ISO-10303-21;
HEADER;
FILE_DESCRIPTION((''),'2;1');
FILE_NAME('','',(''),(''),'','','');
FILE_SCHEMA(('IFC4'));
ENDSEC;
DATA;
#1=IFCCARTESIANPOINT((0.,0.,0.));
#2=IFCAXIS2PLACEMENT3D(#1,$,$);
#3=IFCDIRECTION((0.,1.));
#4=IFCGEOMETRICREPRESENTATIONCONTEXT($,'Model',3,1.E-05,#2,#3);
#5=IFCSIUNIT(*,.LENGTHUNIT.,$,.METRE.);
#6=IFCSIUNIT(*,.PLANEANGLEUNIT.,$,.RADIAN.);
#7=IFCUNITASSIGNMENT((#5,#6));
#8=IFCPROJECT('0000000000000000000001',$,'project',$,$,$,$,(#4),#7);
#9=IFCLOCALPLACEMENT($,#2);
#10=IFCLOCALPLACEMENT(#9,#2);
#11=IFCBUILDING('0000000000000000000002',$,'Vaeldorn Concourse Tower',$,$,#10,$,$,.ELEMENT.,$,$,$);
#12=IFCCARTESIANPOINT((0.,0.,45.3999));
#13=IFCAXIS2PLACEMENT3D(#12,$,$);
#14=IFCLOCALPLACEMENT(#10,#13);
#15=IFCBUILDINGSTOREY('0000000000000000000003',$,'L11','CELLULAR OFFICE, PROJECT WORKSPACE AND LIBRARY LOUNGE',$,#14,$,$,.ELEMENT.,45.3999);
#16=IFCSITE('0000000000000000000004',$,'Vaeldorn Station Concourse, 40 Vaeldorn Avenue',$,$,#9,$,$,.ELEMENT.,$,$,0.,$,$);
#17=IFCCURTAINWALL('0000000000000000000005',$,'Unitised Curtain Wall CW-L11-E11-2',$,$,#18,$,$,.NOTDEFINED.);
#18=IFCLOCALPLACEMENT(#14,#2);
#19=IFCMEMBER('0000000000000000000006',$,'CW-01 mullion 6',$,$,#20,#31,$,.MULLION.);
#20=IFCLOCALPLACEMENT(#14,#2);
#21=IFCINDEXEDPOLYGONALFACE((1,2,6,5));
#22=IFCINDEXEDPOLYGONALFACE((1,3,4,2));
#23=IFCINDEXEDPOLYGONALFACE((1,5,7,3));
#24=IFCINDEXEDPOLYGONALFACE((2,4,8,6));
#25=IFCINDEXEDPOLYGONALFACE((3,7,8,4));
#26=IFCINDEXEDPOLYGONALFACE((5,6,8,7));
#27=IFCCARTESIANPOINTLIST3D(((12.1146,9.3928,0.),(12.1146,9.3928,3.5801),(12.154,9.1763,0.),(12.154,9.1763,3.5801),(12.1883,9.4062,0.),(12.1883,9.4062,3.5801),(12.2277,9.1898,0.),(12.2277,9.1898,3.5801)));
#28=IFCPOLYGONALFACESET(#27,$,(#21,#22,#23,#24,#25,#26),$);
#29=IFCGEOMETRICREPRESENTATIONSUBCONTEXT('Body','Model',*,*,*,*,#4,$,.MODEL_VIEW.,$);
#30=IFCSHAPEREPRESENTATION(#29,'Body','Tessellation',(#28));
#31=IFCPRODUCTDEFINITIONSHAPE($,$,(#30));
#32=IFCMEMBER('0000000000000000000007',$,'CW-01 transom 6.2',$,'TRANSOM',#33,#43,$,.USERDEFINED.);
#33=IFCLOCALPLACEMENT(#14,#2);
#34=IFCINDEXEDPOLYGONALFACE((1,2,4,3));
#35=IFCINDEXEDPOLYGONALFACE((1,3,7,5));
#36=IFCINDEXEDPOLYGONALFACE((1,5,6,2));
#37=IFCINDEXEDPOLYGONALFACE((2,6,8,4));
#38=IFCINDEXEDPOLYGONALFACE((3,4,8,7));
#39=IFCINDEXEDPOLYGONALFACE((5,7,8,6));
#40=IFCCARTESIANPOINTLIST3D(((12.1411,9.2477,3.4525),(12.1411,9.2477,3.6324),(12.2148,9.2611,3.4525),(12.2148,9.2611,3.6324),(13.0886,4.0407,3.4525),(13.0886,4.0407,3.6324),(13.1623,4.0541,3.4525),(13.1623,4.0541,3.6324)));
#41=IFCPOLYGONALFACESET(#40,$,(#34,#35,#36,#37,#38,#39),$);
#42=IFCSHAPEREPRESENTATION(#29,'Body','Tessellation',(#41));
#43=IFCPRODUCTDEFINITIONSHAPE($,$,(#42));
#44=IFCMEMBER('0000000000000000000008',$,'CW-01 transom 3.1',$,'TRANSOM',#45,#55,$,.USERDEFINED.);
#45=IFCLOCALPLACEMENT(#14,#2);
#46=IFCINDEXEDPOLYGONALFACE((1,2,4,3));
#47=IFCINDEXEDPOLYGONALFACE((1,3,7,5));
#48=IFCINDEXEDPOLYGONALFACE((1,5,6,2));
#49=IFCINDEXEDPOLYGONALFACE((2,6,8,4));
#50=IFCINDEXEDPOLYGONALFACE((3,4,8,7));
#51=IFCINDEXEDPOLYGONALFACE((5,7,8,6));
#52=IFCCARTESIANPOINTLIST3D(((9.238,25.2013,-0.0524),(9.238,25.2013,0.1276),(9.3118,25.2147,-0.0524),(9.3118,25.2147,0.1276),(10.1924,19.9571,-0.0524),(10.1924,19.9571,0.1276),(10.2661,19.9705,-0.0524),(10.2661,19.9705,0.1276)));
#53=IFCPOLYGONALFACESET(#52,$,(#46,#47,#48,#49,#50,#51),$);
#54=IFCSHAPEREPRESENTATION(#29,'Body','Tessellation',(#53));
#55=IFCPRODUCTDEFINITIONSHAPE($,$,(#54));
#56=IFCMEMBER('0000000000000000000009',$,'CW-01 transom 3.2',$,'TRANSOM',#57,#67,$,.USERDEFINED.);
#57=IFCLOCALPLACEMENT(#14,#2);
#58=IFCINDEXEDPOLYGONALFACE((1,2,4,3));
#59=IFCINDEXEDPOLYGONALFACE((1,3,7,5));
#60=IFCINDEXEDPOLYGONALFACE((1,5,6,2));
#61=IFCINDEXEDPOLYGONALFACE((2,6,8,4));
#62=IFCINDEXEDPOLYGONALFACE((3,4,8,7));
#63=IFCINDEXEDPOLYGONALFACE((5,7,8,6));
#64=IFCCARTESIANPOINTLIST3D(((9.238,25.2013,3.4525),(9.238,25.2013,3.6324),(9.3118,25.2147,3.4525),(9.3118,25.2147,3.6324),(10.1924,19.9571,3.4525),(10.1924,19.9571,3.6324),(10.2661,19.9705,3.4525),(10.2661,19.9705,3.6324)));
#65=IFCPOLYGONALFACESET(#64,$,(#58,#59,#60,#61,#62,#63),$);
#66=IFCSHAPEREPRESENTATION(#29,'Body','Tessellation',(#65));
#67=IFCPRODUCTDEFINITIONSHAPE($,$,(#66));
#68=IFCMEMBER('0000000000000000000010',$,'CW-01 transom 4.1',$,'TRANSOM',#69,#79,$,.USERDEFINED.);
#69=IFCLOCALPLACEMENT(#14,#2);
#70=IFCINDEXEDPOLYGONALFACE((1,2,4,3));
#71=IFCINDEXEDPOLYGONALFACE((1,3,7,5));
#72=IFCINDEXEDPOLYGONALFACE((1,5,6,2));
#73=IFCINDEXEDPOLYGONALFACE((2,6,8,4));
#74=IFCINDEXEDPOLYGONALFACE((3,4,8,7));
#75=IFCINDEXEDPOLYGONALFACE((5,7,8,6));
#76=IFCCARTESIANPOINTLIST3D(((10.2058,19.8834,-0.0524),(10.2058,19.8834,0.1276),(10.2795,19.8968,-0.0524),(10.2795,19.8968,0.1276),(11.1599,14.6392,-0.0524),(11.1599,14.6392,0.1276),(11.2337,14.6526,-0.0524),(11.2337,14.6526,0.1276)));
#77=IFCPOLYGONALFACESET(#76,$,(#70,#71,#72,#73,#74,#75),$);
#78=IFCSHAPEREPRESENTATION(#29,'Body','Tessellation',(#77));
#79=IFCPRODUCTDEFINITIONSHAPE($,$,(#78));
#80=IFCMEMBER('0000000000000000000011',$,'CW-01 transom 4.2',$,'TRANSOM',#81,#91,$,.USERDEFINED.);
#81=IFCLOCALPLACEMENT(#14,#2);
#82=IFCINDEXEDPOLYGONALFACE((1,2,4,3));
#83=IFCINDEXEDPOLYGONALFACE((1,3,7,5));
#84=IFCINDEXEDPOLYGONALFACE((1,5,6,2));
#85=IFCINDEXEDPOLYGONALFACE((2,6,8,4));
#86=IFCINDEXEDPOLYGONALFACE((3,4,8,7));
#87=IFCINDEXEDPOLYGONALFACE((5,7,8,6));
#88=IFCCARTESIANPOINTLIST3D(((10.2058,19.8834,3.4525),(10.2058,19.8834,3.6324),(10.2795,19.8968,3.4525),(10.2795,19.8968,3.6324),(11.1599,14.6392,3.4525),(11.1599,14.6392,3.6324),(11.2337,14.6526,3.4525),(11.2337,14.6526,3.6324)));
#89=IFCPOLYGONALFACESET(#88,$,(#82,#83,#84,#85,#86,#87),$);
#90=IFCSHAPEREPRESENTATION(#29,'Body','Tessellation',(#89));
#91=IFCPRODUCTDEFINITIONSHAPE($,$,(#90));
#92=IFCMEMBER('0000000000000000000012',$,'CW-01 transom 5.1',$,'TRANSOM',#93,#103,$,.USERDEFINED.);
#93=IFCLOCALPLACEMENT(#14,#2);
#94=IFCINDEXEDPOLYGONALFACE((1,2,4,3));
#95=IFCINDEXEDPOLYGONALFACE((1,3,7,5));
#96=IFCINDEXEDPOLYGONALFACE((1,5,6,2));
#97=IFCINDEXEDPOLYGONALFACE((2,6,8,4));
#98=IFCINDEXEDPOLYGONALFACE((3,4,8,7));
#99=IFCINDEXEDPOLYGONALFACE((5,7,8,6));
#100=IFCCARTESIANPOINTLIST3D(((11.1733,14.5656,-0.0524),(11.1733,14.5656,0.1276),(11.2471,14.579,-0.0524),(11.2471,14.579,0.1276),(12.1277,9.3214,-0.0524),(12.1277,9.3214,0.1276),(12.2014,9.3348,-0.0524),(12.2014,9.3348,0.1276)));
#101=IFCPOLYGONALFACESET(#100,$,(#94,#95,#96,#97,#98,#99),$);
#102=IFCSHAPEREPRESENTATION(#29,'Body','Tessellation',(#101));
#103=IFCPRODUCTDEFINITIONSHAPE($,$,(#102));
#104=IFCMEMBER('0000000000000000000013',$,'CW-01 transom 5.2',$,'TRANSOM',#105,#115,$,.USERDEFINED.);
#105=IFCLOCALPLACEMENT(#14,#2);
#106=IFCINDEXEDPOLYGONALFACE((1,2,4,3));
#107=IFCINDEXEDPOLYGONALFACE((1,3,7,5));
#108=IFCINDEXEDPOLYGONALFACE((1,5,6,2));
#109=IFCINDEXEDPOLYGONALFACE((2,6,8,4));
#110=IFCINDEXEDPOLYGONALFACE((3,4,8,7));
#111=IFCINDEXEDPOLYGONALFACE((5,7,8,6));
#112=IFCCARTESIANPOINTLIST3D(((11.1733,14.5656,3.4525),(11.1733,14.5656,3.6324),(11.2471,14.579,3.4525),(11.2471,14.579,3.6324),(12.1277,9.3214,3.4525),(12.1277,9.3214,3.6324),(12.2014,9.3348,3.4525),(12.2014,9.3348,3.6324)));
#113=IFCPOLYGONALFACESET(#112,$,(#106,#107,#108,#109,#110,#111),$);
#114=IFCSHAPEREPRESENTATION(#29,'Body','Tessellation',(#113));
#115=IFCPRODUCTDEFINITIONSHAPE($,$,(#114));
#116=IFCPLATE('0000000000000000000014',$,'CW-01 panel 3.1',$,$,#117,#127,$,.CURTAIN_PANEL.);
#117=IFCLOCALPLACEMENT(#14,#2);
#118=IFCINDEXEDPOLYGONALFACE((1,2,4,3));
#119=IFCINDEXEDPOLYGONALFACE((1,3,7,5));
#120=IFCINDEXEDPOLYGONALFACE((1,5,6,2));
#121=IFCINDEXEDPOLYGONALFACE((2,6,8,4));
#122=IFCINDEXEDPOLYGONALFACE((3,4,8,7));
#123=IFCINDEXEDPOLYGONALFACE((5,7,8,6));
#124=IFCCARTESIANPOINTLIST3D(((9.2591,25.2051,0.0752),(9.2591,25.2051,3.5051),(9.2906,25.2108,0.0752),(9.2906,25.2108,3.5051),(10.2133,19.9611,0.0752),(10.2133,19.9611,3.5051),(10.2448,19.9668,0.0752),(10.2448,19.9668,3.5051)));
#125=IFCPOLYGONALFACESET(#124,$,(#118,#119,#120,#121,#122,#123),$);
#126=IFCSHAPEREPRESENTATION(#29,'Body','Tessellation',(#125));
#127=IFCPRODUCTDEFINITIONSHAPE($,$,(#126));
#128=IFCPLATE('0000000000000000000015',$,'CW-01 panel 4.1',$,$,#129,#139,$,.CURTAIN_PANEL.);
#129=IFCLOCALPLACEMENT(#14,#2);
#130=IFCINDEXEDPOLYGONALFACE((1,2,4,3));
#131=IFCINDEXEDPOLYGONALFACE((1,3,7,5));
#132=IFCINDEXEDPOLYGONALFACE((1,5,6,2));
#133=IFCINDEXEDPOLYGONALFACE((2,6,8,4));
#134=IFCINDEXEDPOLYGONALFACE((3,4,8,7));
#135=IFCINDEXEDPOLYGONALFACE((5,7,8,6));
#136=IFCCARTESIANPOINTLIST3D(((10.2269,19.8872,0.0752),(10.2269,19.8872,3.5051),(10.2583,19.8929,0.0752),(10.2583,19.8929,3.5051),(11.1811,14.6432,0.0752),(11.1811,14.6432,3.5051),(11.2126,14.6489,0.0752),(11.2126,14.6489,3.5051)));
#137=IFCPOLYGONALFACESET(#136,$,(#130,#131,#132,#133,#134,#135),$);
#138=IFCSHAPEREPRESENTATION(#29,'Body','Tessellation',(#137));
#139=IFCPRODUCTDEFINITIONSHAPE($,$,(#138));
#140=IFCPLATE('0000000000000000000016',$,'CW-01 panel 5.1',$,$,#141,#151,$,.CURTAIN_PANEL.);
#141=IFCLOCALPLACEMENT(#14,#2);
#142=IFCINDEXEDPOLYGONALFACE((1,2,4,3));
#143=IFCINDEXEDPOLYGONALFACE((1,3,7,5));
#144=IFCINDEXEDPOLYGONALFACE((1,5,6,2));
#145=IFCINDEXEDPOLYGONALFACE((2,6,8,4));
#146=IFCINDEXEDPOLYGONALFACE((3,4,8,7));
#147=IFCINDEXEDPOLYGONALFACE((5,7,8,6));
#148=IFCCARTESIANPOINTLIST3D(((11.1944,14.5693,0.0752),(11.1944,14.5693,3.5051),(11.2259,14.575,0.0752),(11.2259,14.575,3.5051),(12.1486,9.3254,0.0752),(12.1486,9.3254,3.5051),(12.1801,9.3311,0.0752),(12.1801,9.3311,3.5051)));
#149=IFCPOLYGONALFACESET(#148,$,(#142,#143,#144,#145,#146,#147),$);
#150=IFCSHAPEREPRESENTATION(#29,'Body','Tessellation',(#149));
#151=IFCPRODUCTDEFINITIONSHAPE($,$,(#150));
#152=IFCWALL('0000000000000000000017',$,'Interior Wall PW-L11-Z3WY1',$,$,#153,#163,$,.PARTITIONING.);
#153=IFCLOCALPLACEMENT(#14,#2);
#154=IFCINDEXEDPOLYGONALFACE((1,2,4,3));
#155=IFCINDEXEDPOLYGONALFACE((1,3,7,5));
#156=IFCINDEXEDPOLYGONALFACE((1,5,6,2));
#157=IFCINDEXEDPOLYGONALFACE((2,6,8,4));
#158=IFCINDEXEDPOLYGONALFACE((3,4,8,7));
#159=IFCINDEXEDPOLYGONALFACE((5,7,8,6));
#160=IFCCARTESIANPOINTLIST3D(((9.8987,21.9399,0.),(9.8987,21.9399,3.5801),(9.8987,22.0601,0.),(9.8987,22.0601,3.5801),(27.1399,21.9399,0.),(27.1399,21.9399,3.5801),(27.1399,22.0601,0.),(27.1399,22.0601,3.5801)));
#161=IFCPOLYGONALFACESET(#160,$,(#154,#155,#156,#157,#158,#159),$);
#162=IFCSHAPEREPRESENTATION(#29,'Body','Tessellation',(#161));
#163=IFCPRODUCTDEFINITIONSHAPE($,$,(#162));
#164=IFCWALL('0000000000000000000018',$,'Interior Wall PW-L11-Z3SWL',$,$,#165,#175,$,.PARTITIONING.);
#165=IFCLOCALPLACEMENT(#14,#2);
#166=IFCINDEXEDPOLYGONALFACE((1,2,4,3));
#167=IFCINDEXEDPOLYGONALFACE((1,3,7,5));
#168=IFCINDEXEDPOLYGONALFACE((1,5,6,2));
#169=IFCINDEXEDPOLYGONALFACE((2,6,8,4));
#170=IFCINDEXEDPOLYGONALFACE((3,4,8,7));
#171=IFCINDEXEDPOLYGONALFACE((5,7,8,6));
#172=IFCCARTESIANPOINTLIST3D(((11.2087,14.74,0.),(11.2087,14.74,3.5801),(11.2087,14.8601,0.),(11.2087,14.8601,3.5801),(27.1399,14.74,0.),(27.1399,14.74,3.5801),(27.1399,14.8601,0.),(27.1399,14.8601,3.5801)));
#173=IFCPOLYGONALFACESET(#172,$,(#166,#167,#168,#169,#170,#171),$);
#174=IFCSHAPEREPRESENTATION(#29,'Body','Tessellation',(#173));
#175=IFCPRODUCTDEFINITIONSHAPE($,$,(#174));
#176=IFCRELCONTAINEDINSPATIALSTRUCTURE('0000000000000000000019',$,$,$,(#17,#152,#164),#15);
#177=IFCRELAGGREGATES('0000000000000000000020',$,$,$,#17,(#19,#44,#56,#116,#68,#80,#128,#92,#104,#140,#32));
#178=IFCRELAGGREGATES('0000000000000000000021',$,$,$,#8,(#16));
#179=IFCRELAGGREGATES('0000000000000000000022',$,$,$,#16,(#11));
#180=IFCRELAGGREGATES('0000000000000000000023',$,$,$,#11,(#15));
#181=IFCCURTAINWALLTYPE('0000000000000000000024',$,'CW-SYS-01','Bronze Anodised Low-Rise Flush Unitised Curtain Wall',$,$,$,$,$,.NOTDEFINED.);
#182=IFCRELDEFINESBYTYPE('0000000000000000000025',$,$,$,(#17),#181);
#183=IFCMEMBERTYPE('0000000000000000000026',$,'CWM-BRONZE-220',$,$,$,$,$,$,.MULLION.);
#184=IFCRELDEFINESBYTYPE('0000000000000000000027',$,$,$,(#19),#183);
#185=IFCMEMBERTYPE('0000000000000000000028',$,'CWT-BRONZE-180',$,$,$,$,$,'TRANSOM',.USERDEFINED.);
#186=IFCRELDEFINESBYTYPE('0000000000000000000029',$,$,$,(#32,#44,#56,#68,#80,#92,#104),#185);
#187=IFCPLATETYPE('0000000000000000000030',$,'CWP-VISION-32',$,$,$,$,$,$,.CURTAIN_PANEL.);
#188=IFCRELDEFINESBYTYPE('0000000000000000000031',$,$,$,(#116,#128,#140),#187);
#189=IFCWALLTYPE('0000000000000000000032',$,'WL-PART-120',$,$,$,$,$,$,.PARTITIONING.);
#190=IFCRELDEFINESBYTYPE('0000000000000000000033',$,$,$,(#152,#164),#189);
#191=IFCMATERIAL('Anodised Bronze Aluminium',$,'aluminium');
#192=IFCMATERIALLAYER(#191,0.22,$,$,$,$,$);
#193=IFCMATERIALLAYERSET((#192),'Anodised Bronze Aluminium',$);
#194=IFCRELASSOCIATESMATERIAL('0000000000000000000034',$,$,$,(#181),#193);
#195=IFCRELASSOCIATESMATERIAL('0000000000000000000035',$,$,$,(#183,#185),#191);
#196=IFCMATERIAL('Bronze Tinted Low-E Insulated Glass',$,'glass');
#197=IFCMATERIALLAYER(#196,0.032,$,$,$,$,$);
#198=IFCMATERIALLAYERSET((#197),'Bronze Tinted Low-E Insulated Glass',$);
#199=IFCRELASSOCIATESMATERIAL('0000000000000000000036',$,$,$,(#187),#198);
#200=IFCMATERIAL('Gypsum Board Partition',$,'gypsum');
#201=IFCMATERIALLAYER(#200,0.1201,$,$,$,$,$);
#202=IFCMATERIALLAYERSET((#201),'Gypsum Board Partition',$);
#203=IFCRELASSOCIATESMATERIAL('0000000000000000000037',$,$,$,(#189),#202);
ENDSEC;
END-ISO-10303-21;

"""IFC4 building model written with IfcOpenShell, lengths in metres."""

from ifc_helpers import new_model, si_unit, direction, frame, frame_2d, origin, origin_2d, place, context, subcontext, project, spatial, rectangle, extrude, source, transform, mapped, material, layer, layer_set, material_profile, profile_set, type_object, element, aggregate, save


model = new_model("IFC4")

# Units and contexts
model_context = context("Model", 3, precision=1e-05, world=origin(), true_north=direction((0.0, 1.0)))
body_context = subcontext(model_context, "Body", "Model", "MODEL_VIEW")
ifc_project = project(units=[si_unit("LENGTHUNIT", "METRE"), si_unit("PLANEANGLEUNIT", "RADIAN")], contexts=[model_context])

# Site, building, storey
site_placement = place(None, origin())
site = spatial("IfcSite", under=ifc_project, at=site_placement, Name="Vaeldorn Station Concourse, 40 Vaeldorn Avenue", CompositionType="ELEMENT", RefElevation=0.0)
building_placement = place(site_placement, origin())
building = spatial("IfcBuilding", under=site, at=building_placement, Name="Vaeldorn Concourse Tower", CompositionType="ELEMENT")
storey_placement = place(building_placement, frame((0.0, 0.0, 45.3999)))
storey = spatial("IfcBuildingStorey", under=building, at=storey_placement, Name="L11", Description="CELLULAR OFFICE, PROJECT WORKSPACE AND LIBRARY LOUNGE", CompositionType="ELEMENT", Elevation=45.3999)

# Curtain wall, members, plates
ifc_material_1 = material(Name="Anodised Bronze Aluminium", Category="aluminium")
ifc_layer_1 = layer(ifc_material_1, 0.22)
ifc_layer_set_1 = layer_set([ifc_layer_1], Name="Anodised Bronze Aluminium")
curtain_wall_type = type_object("IfcCurtainWallType", Name="CW-SYS-01", Description="Bronze Anodised Low-Rise Flush Unitised Curtain Wall", PredefinedType="NOTDEFINED", material=ifc_layer_set_1)
curtain_wall_placement = place(storey_placement, origin())
curtain_wall = element("IfcCurtainWall", 1, at=curtain_wall_placement, inside=storey, type_object=curtain_wall_type, Name="Unitised Curtain Wall CW-L11-E11-2", PredefinedType="NOTDEFINED")
ifc_material_profile_1 = material_profile(ifc_material_1, rectangle(XDim=0.075, YDim=0.22, at=origin_2d()), Name="CWM 75x220")
ifc_profile_set_1 = profile_set([ifc_material_profile_1], Name="Anodised Bronze Aluminium")
member_type_1 = type_object("IfcMemberType", Name="CWM-BRONZE-220", PredefinedType="MULLION", material=ifc_profile_set_1)
shared_shape_1 = source(origin(), body_context, "Body", "SweptSolid", [
    extrude(rectangle(XDim=0.075, YDim=0.22, at=origin_2d()), origin(), (0.0, 0.0, 1.0), 3.5801),
])
member_1_placement = place(storey_placement, frame((12.1711, 9.2913, 0.0), z_axis=(0.0, 0.0, 1.0), x_axis=(0.983844, 0.17903, 0.0)))
member_1 = element("IfcMember", 2, at=member_1_placement, type_object=member_type_1, Name="CW-01 mullion 6", PredefinedType="MULLION", context=body_context, shape_type="MappedRepresentation", body=[
    mapped(shared_shape_1, transform((0.0, 0.0, 0.0), scale=1.0)),
])
ifc_material_profile_2 = material_profile(ifc_material_1, rectangle(XDim=0.075, YDim=0.1799, at=origin_2d()), Name="CWT 75x180")
ifc_profile_set_2 = profile_set([ifc_material_profile_2], Name="Anodised Bronze Aluminium")
member_type_2 = type_object("IfcMemberType", Name="CWT-BRONZE-180", ElementType="TRANSOM", PredefinedType="USERDEFINED", material=ifc_profile_set_2)
shared_shape_2 = source(origin(), body_context, "Body", "SweptSolid", [
    extrude(rectangle(XDim=0.075, YDim=0.1799, at=origin_2d()), origin(), (0.0, 0.0, 1.0), 5.2925),
])
member_2_placement = place(storey_placement, frame((12.178, 9.2544, 3.5425), z_axis=(0.179028, -0.983844, 0.0), x_axis=(0.983844, 0.179028, 0.0)))
member_2 = element("IfcMember", 3, at=member_2_placement, type_object=member_type_2, Name="CW-01 transom 6.2", ObjectType="TRANSOM", PredefinedType="USERDEFINED", context=body_context, shape_type="MappedRepresentation", body=[
    mapped(shared_shape_2, transform((0.0, 0.0, 0.0), scale=1.0)),
])
shared_shape_3 = source(origin(), body_context, "Body", "SweptSolid", [
    extrude(rectangle(XDim=0.075, YDim=0.1799, at=origin_2d()), origin(), (0.0, 0.0, 1.0), 5.3303),
])
member_3_placement = place(storey_placement, frame((9.2749, 25.208, 0.0376), z_axis=(0.179043, -0.983841, 0.0), x_axis=(0.983841, 0.179043, 0.0)))
member_3 = element("IfcMember", 4, at=member_3_placement, type_object=member_type_2, Name="CW-01 transom 3.1", ObjectType="TRANSOM", PredefinedType="USERDEFINED", context=body_context, shape_type="MappedRepresentation", body=[
    mapped(shared_shape_3, transform((0.0, 0.0, 0.0), scale=1.0)),
])
member_4_placement = place(storey_placement, frame((9.2749, 25.208, 3.5425), z_axis=(0.179043, -0.983841, 0.0), x_axis=(0.983841, 0.179043, 0.0)))
member_4 = element("IfcMember", 5, at=member_4_placement, type_object=member_type_2, Name="CW-01 transom 3.2", ObjectType="TRANSOM", PredefinedType="USERDEFINED", context=body_context, shape_type="MappedRepresentation", body=[
    mapped(shared_shape_3, transform((0.0, 0.0, 0.0), scale=1.0)),
])
member_5_placement = place(storey_placement, frame((10.2427, 19.8901, 0.0376), z_axis=(0.178998, -0.983849, 0.0), x_axis=(0.983849, 0.178998, 0.0)))
member_5 = element("IfcMember", 6, at=member_5_placement, type_object=member_type_2, Name="CW-01 transom 4.1", ObjectType="TRANSOM", PredefinedType="USERDEFINED", context=body_context, shape_type="MappedRepresentation", body=[
    mapped(shared_shape_3, transform((0.0, 0.0, 0.0), scale=1.0)),
])
member_6_placement = place(storey_placement, frame((10.2427, 19.8901, 3.5425), z_axis=(0.178998, -0.983849, 0.0), x_axis=(0.983849, 0.178998, 0.0)))
member_6 = element("IfcMember", 7, at=member_6_placement, type_object=member_type_2, Name="CW-01 transom 4.2", ObjectType="TRANSOM", PredefinedType="USERDEFINED", context=body_context, shape_type="MappedRepresentation", body=[
    mapped(shared_shape_3, transform((0.0, 0.0, 0.0), scale=1.0)),
])
member_7_placement = place(storey_placement, frame((11.2102, 14.5723, 0.0376), z_axis=(0.179043, -0.983841, 0.0), x_axis=(0.983841, 0.179043, 0.0)))
member_7 = element("IfcMember", 8, at=member_7_placement, type_object=member_type_2, Name="CW-01 transom 5.1", ObjectType="TRANSOM", PredefinedType="USERDEFINED", context=body_context, shape_type="MappedRepresentation", body=[
    mapped(shared_shape_3, transform((0.0, 0.0, 0.0), scale=1.0)),
])
member_8_placement = place(storey_placement, frame((11.2102, 14.5723, 3.5425), z_axis=(0.179043, -0.983841, 0.0), x_axis=(0.983841, 0.179043, 0.0)))
member_8 = element("IfcMember", 9, at=member_8_placement, type_object=member_type_2, Name="CW-01 transom 5.2", ObjectType="TRANSOM", PredefinedType="USERDEFINED", context=body_context, shape_type="MappedRepresentation", body=[
    mapped(shared_shape_3, transform((0.0, 0.0, 0.0), scale=1.0)),
])
ifc_material_2 = material(Name="Bronze Tinted Low-E Insulated Glass", Category="glass")
ifc_layer_2 = layer(ifc_material_2, 0.032)
ifc_layer_set_2 = layer_set([ifc_layer_2], Name="Bronze Tinted Low-E Insulated Glass")
plate_type = type_object("IfcPlateType", Name="CWP-VISION-32", PredefinedType="CURTAIN_PANEL", material=ifc_layer_set_2)
shared_shape_4 = source(origin(), body_context, "Body", "SweptSolid", [
    extrude(rectangle(XDim=5.3301, YDim=0.032, at=origin_2d()), origin(), (0.0, 0.0, 1.0), 3.4299),
])
plate_1_placement = place(storey_placement, frame((9.752, 22.5859, 0.0752), z_axis=(0.0, 0.0, 1.0), x_axis=(0.17903, -0.983844, 0.0)))
plate_1 = element("IfcPlate", 10, at=plate_1_placement, type_object=plate_type, Name="CW-01 panel 3.1", PredefinedType="CURTAIN_PANEL", context=body_context, shape_type="MappedRepresentation", body=[
    mapped(shared_shape_4, transform((0.0, 0.0, 0.0), scale=1.0)),
])
plate_2_placement = place(storey_placement, frame((10.7197, 17.2681, 0.0752), z_axis=(0.0, 0.0, 1.0), x_axis=(0.17903, -0.983844, 0.0)))
plate_2 = element("IfcPlate", 11, at=plate_2_placement, type_object=plate_type, Name="CW-01 panel 4.1", PredefinedType="CURTAIN_PANEL", context=body_context, shape_type="MappedRepresentation", body=[
    mapped(shared_shape_4, transform((0.0, 0.0, 0.0), scale=1.0)),
])
plate_3_placement = place(storey_placement, frame((11.6873, 11.9502, 0.0752), z_axis=(0.0, 0.0, 1.0), x_axis=(0.17903, -0.983844, 0.0)))
plate_3 = element("IfcPlate", 12, at=plate_3_placement, type_object=plate_type, Name="CW-01 panel 5.1", PredefinedType="CURTAIN_PANEL", context=body_context, shape_type="MappedRepresentation", body=[
    mapped(shared_shape_4, transform((0.0, 0.0, 0.0), scale=1.0)),
])
aggregate(curtain_wall, [member_1, member_3, member_4, plate_1, member_5, member_6, plate_2, member_7, member_8, plate_3, member_2])

# Walls
ifc_material_3 = material(Name="Gypsum Board Partition", Category="gypsum")
ifc_layer_3 = layer(ifc_material_3, 0.1201)
ifc_layer_set_3 = layer_set([ifc_layer_3], Name="Gypsum Board Partition")
wall_type = type_object("IfcWallType", Name="WL-PART-120", PredefinedType="PARTITIONING", material=ifc_layer_set_3)
wall_1_placement = place(storey_placement, frame((9.8987, 22.0, 0.0), z_axis=(0.0, 0.0, 1.0), x_axis=(1.0, 0.0, 0.0)))
element("IfcWall", 13, at=wall_1_placement, inside=storey, type_object=wall_type, Name="Interior Wall PW-L11-Z3WY1", PredefinedType="PARTITIONING", context=body_context, shape_type="SweptSolid", body=[
    extrude(rectangle(XDim=17.2412, YDim=0.1201, at=frame_2d((8.6206, 0.0))), origin(), (0.0, 0.0, 1.0), 3.5801),
])
wall_2_placement = place(storey_placement, frame((11.2087, 14.8, 0.0), z_axis=(0.0, 0.0, 1.0), x_axis=(1.0, 0.0, 0.0)))
element("IfcWall", 14, at=wall_2_placement, inside=storey, type_object=wall_type, Name="Interior Wall PW-L11-Z3SWL", PredefinedType="PARTITIONING", context=body_context, shape_type="SweptSolid", body=[
    extrude(rectangle(XDim=15.9312, YDim=0.1201, at=frame_2d((7.9656, 0.0))), origin(), (0.0, 0.0, 1.0), 3.5801),
])

save(model, "model.ifc")
